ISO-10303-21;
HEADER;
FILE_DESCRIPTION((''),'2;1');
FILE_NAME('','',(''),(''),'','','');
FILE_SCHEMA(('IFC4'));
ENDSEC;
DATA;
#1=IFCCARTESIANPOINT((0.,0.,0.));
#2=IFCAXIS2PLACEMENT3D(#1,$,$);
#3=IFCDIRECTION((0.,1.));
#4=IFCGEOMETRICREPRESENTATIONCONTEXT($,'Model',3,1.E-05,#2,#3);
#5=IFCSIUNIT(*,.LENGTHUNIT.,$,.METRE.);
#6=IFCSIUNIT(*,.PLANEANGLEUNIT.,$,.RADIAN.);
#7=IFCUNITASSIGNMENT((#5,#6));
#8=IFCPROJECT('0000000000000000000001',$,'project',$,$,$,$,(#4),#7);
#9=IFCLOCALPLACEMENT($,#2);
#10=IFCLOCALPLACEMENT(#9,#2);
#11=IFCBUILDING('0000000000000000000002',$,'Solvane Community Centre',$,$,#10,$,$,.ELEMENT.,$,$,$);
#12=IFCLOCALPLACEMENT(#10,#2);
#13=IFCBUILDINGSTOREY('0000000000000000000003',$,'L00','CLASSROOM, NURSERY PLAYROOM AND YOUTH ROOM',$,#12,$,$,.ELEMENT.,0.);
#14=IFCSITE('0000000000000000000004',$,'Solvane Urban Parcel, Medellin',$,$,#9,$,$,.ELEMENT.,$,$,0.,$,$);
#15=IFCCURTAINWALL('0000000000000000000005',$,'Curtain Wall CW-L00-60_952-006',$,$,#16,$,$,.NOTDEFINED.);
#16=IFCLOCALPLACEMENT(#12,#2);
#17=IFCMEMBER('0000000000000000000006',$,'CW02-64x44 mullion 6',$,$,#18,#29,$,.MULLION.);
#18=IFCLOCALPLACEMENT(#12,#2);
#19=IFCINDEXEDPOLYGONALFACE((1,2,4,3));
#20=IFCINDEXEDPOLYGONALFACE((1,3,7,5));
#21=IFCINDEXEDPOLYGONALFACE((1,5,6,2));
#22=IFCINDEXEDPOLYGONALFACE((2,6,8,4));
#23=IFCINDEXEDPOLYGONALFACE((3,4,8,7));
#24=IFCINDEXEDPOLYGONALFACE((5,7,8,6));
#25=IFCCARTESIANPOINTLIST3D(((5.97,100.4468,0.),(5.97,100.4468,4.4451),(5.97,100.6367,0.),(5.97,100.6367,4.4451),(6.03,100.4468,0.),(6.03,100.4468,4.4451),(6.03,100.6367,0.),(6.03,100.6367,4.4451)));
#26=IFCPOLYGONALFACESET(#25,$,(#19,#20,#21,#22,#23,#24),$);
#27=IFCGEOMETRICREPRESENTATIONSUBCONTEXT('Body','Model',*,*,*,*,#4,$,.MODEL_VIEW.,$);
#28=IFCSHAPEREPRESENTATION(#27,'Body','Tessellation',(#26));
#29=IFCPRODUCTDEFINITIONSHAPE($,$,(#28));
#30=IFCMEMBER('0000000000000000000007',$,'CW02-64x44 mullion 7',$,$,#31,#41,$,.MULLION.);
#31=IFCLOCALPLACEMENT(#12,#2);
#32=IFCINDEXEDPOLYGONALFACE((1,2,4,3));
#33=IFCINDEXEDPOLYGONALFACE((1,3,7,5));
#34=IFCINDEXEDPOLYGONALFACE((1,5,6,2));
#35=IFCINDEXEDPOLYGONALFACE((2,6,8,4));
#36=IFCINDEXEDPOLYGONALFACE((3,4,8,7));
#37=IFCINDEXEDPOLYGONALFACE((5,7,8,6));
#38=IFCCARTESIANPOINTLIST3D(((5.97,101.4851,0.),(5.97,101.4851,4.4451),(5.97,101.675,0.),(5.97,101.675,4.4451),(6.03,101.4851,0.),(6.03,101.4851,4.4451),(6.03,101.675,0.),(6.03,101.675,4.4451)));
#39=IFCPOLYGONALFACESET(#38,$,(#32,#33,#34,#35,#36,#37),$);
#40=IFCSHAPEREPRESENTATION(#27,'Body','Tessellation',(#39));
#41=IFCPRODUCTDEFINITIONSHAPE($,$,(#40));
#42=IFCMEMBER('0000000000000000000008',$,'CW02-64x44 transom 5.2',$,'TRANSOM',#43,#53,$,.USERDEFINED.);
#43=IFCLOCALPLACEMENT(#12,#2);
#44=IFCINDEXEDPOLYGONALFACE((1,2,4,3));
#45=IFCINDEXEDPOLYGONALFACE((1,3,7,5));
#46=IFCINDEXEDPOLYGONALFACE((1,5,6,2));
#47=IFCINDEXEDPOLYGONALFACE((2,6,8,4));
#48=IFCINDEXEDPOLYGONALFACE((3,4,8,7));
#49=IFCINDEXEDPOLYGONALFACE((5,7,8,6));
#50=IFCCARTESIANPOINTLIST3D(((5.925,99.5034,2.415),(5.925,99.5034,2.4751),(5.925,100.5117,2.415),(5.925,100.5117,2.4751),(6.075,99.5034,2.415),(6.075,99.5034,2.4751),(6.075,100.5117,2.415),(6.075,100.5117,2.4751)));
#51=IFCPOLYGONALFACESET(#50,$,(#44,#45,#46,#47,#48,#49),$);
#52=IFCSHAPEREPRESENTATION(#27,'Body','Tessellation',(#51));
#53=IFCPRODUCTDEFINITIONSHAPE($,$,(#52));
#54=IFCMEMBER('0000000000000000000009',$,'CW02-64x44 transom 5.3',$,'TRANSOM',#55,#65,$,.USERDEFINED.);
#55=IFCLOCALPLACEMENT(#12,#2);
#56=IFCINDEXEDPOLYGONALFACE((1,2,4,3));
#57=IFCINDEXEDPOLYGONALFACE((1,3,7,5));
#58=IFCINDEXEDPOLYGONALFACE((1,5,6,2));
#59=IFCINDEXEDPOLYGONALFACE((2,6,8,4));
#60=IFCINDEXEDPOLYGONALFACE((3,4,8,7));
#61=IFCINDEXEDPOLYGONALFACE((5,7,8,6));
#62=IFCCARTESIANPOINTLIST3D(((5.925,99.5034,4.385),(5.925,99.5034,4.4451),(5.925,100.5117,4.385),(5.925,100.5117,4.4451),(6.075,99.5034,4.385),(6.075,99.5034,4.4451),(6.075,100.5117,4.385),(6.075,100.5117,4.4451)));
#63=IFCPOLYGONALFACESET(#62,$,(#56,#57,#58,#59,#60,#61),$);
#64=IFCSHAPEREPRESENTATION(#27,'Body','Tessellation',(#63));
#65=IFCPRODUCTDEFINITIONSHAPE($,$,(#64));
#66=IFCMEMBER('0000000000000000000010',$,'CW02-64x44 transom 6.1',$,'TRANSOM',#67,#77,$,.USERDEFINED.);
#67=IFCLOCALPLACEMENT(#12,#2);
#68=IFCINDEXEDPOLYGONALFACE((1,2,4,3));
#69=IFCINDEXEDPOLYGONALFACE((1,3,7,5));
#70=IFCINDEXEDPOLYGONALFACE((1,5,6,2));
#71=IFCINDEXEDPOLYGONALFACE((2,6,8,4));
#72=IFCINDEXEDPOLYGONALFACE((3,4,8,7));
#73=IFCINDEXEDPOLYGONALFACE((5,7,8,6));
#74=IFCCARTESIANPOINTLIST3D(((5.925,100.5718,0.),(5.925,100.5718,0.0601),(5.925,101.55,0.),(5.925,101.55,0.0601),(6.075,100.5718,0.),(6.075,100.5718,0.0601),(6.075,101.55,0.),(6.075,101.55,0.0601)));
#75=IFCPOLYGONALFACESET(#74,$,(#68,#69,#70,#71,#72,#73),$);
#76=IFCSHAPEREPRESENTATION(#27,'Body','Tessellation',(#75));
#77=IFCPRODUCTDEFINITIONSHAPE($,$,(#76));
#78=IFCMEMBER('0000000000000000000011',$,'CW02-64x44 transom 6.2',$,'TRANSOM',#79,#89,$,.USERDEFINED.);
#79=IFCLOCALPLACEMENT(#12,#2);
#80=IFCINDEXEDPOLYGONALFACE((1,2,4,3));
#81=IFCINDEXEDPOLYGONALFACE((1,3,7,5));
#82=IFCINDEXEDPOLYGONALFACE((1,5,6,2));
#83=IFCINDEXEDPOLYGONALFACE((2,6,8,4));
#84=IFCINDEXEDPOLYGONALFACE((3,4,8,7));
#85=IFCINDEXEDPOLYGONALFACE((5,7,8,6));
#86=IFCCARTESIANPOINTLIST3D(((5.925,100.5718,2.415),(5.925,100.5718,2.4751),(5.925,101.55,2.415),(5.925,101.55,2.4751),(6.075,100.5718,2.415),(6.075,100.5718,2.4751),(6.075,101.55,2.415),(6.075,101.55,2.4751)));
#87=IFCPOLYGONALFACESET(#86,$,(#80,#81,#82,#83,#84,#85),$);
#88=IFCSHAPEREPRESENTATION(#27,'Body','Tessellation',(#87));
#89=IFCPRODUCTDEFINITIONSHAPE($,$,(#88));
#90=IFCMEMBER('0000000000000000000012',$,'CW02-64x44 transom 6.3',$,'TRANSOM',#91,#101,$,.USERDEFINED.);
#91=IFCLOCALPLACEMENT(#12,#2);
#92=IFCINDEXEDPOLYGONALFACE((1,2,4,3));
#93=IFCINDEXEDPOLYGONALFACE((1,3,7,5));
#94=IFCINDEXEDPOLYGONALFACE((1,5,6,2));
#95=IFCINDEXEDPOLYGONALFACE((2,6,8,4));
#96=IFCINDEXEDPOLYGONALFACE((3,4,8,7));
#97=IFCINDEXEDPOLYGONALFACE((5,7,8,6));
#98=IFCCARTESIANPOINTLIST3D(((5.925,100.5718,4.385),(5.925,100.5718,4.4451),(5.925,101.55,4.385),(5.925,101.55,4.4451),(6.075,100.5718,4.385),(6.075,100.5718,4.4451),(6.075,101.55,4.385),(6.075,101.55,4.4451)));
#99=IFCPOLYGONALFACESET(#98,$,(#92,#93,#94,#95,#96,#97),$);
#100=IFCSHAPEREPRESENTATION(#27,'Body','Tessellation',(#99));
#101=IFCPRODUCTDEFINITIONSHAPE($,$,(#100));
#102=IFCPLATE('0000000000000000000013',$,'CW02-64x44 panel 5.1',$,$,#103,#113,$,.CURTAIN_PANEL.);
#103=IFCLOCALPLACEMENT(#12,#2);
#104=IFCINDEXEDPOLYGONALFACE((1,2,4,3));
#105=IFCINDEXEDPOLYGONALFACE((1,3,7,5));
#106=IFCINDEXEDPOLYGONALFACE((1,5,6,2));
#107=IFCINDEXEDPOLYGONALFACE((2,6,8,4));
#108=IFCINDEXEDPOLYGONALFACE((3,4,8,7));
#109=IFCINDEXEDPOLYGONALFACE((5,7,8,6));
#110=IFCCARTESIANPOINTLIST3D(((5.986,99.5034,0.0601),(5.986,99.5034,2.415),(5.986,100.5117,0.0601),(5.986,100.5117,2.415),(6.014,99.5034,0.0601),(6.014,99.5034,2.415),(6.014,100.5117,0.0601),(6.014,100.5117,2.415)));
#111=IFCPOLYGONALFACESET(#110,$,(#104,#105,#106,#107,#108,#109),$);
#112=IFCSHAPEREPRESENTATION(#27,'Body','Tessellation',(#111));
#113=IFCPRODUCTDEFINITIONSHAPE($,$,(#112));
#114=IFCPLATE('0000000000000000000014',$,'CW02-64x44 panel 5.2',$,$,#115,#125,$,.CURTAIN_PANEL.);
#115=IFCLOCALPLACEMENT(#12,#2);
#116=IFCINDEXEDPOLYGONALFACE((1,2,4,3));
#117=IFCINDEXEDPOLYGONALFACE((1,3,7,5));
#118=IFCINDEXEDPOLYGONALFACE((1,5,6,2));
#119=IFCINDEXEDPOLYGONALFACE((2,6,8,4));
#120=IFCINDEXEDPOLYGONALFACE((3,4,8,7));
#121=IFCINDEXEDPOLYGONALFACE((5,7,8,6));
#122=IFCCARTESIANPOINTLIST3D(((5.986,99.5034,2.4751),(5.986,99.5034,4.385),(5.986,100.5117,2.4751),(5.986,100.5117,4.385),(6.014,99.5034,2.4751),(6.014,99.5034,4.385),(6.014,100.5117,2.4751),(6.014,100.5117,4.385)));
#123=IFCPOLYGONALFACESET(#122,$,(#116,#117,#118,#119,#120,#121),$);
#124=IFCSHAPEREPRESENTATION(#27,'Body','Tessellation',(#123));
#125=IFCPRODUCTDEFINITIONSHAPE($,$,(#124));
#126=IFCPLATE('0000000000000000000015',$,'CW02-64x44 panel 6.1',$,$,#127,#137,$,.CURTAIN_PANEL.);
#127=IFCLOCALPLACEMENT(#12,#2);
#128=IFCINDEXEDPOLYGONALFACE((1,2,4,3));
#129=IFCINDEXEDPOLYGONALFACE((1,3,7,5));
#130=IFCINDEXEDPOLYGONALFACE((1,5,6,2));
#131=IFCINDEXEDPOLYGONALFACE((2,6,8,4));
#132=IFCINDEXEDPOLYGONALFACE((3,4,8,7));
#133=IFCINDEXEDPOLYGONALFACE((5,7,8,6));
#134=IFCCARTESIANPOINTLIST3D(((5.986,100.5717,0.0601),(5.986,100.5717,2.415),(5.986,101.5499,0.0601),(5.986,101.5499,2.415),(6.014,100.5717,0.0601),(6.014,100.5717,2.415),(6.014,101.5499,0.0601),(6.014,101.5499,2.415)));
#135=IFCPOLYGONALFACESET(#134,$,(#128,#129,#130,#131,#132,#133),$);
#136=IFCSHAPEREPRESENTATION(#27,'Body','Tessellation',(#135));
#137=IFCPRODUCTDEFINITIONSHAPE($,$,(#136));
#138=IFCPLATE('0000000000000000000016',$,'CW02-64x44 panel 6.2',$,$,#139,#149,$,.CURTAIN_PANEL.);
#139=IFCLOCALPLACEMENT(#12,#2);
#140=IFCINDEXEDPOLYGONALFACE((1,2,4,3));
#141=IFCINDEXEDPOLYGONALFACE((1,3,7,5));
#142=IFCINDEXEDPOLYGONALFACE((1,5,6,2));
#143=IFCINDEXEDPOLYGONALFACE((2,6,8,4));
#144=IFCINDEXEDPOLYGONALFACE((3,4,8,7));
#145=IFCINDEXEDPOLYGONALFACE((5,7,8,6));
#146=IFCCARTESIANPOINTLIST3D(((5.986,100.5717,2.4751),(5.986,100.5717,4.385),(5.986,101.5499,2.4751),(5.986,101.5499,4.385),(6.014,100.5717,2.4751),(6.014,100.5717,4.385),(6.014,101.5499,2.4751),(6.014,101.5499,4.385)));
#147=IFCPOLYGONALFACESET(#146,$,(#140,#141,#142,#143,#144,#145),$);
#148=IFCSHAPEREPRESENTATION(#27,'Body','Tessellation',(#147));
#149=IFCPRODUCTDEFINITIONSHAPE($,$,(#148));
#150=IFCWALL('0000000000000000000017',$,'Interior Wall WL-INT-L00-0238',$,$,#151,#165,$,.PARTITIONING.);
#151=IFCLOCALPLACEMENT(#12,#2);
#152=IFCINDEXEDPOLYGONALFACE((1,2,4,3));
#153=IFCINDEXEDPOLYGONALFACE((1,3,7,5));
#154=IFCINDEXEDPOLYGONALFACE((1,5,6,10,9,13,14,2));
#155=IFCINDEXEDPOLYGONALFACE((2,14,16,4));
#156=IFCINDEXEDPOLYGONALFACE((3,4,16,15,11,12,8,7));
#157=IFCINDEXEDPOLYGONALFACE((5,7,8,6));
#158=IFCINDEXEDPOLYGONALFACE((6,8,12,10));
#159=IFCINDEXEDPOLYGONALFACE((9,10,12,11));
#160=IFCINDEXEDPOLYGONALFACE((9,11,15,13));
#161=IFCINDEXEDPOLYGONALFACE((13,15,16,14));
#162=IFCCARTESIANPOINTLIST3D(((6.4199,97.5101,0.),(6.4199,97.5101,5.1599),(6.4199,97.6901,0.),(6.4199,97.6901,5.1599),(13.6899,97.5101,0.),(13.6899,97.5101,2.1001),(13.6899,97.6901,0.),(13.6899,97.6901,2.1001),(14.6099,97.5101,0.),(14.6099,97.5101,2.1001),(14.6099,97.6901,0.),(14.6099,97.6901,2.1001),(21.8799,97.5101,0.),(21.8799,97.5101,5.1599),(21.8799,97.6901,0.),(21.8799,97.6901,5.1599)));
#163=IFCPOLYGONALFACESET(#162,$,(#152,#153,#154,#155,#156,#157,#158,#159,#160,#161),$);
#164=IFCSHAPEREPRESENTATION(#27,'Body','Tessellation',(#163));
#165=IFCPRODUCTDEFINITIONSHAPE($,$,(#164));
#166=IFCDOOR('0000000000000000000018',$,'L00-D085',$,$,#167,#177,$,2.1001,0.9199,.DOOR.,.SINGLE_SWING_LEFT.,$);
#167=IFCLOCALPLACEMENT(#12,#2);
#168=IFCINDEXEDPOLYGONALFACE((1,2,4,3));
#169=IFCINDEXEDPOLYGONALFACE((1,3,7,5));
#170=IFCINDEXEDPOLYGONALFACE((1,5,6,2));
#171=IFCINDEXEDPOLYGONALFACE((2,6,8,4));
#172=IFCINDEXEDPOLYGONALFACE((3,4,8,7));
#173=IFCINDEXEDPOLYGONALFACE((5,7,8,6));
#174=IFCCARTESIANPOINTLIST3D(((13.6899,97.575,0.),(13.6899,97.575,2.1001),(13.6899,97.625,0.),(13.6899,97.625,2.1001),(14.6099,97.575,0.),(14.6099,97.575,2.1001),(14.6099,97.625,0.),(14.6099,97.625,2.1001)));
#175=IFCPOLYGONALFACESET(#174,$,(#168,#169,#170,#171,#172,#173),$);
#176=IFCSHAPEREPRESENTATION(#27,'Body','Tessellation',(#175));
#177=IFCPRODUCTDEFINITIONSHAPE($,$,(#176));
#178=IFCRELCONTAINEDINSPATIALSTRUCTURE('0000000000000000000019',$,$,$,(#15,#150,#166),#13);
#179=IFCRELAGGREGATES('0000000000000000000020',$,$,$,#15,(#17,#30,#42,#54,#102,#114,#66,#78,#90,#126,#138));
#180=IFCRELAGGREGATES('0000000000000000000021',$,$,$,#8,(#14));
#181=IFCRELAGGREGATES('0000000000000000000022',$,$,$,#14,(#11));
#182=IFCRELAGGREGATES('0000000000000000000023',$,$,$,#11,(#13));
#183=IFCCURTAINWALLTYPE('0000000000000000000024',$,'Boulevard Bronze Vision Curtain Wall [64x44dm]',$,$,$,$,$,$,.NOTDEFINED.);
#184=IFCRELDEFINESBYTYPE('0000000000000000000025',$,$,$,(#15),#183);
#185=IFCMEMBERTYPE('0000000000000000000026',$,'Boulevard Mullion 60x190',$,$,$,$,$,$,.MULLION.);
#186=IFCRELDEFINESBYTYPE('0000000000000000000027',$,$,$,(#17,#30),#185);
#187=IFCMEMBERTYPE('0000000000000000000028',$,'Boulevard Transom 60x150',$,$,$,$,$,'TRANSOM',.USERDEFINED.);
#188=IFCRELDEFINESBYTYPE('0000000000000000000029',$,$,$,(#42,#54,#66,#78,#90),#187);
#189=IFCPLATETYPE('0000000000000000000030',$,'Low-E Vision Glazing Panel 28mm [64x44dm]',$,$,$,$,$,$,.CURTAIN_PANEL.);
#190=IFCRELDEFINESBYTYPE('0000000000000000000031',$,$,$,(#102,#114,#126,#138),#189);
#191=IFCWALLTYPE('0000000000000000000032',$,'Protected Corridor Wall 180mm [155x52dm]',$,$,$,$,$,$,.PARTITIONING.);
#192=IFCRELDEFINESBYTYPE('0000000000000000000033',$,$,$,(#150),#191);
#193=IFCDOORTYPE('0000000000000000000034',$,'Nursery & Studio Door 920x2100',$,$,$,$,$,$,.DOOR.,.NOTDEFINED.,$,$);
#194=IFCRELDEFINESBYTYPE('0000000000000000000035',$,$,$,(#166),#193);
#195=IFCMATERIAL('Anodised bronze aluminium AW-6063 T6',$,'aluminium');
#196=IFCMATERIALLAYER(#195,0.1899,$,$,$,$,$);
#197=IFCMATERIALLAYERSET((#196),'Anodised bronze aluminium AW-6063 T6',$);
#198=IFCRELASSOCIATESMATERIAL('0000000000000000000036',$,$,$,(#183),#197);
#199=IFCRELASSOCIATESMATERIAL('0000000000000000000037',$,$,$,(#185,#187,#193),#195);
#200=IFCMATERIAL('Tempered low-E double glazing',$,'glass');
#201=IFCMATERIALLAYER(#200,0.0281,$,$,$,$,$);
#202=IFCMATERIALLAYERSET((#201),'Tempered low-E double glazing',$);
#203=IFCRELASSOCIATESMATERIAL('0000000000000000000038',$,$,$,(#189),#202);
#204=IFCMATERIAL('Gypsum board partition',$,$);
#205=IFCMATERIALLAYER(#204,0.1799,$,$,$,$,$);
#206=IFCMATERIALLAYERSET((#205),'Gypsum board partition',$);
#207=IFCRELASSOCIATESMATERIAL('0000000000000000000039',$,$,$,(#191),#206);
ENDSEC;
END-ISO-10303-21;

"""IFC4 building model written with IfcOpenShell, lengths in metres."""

from ifc_helpers import new_model, si_unit, direction, frame, frame_2d, origin, origin_2d, place, context, subcontext, project, spatial, rectangle, extrude, material, layer, layer_set, material_profile, profile_set, type_object, element, fill, aggregate, save


model = new_model("IFC4")

# Units and contexts
model_context = context("Model", 3, precision=1e-05, world=origin(), true_north=direction((0.0, 1.0)))
body_context = subcontext(model_context, "Body", "Model", "MODEL_VIEW")
ifc_project = project(units=[si_unit("LENGTHUNIT", "METRE"), si_unit("PLANEANGLEUNIT", "RADIAN")], contexts=[model_context])

# Site, building, storey
site_placement = place(None, origin())
site = spatial("IfcSite", under=ifc_project, at=site_placement, Name="Solvane Urban Parcel, Medellin", CompositionType="ELEMENT", RefElevation=0.0)
building_placement = place(site_placement, origin())
building = spatial("IfcBuilding", under=site, at=building_placement, Name="Solvane Community Centre", CompositionType="ELEMENT")
storey_placement = place(building_placement, origin())
storey = spatial("IfcBuildingStorey", under=building, at=storey_placement, Name="L00", Description="CLASSROOM, NURSERY PLAYROOM AND YOUTH ROOM", CompositionType="ELEMENT", Elevation=0.0)

# Curtain wall, members, plates
ifc_material_1 = material(Name="Anodised bronze aluminium AW-6063 T6", Category="aluminium")
ifc_layer_1 = layer(ifc_material_1, 0.1899)
ifc_layer_set_1 = layer_set([ifc_layer_1], Name="Anodised bronze aluminium AW-6063 T6")
curtain_wall_type = type_object("IfcCurtainWallType", Name="Boulevard Bronze Vision Curtain Wall [64x44dm]", PredefinedType="NOTDEFINED", material=ifc_layer_set_1)
curtain_wall_placement = place(storey_placement, origin())
curtain_wall = element("IfcCurtainWall", 1, at=curtain_wall_placement, inside=storey, type_object=curtain_wall_type, Name="Curtain Wall CW-L00-60_952-006", PredefinedType="NOTDEFINED")
ifc_material_profile_1 = material_profile(ifc_material_1, rectangle(XDim=0.0601, YDim=0.1899, at=origin_2d()), Name="CW-M 60x190")
ifc_profile_set_1 = profile_set([ifc_material_profile_1], Name="Anodised bronze aluminium AW-6063 T6")
member_type_1 = type_object("IfcMemberType", Name="Boulevard Mullion 60x190", PredefinedType="MULLION", material=ifc_profile_set_1)
member_1_placement = place(storey_placement, frame((6.0, 100.5417, 0.0), z_axis=(0.0, 0.0, 1.0), x_axis=(-1.0, 0.0, 0.0)))
member_1 = element("IfcMember", 2, at=member_1_placement, type_object=member_type_1, Name="CW02-64x44 mullion 6", PredefinedType="MULLION", context=body_context, shape_type="SweptSolid", body=[
    extrude(rectangle(XDim=0.0601, YDim=0.1899, at=origin_2d()), origin(), (0.0, 0.0, 1.0), 4.4451),
])
member_2_placement = place(storey_placement, frame((6.0, 101.5801, 0.0), z_axis=(0.0, 0.0, 1.0), x_axis=(-1.0, 0.0, 0.0)))
member_2 = element("IfcMember", 3, at=member_2_placement, type_object=member_type_1, Name="CW02-64x44 mullion 7", PredefinedType="MULLION", context=body_context, shape_type="SweptSolid", body=[
    extrude(rectangle(XDim=0.0601, YDim=0.1899, at=origin_2d()), origin(), (0.0, 0.0, 1.0), 4.4451),
])
ifc_material_profile_2 = material_profile(ifc_material_1, rectangle(XDim=0.1499, YDim=0.0601, at=origin_2d()), Name="CW-T 60x150")
ifc_profile_set_2 = profile_set([ifc_material_profile_2], Name="Anodised bronze aluminium AW-6063 T6")
member_type_2 = type_object("IfcMemberType", Name="Boulevard Transom 60x150", ElementType="TRANSOM", PredefinedType="USERDEFINED", material=ifc_profile_set_2)
member_3_placement = place(storey_placement, frame((6.0, 99.5034, 2.4451), z_axis=(0.0, 1.0, 0.0), x_axis=(-1.0, 0.0, 0.0)))
member_3 = element("IfcMember", 4, at=member_3_placement, type_object=member_type_2, Name="CW02-64x44 transom 5.2", ObjectType="TRANSOM", PredefinedType="USERDEFINED", context=body_context, shape_type="SweptSolid", body=[
    extrude(rectangle(XDim=0.1499, YDim=0.0601, at=origin_2d()), origin(), (0.0, 0.0, 1.0), 1.0083),
])
member_4_placement = place(storey_placement, frame((6.0, 99.5034, 4.415), z_axis=(0.0, 1.0, 0.0), x_axis=(-1.0, 0.0, 0.0)))
member_4 = element("IfcMember", 5, at=member_4_placement, type_object=member_type_2, Name="CW02-64x44 transom 5.3", ObjectType="TRANSOM", PredefinedType="USERDEFINED", context=body_context, shape_type="SweptSolid", body=[
    extrude(rectangle(XDim=0.1499, YDim=0.0601, at=origin_2d()), origin(), (0.0, 0.0, 1.0), 1.0083),
])
member_5_placement = place(storey_placement, frame((6.0, 100.5718, 0.03), z_axis=(0.0, 1.0, 0.0), x_axis=(-1.0, 0.0, 0.0)))
member_5 = element("IfcMember", 6, at=member_5_placement, type_object=member_type_2, Name="CW02-64x44 transom 6.1", ObjectType="TRANSOM", PredefinedType="USERDEFINED", context=body_context, shape_type="SweptSolid", body=[
    extrude(rectangle(XDim=0.1499, YDim=0.0601, at=origin_2d()), origin(), (0.0, 0.0, 1.0), 0.9783),
])
member_6_placement = place(storey_placement, frame((6.0, 100.5718, 2.4451), z_axis=(0.0, 1.0, 0.0), x_axis=(-1.0, 0.0, 0.0)))
member_6 = element("IfcMember", 7, at=member_6_placement, type_object=member_type_2, Name="CW02-64x44 transom 6.2", ObjectType="TRANSOM", PredefinedType="USERDEFINED", context=body_context, shape_type="SweptSolid", body=[
    extrude(rectangle(XDim=0.1499, YDim=0.0601, at=origin_2d()), origin(), (0.0, 0.0, 1.0), 0.9783),
])
member_7_placement = place(storey_placement, frame((6.0, 100.5718, 4.415), z_axis=(0.0, 1.0, 0.0), x_axis=(-1.0, 0.0, 0.0)))
member_7 = element("IfcMember", 8, at=member_7_placement, type_object=member_type_2, Name="CW02-64x44 transom 6.3", ObjectType="TRANSOM", PredefinedType="USERDEFINED", context=body_context, shape_type="SweptSolid", body=[
    extrude(rectangle(XDim=0.1499, YDim=0.0601, at=origin_2d()), origin(), (0.0, 0.0, 1.0), 0.9783),
])
ifc_material_2 = material(Name="Tempered low-E double glazing", Category="glass")
ifc_layer_2 = layer(ifc_material_2, 0.0281)
ifc_layer_set_2 = layer_set([ifc_layer_2], Name="Tempered low-E double glazing")
plate_type = type_object("IfcPlateType", Name="Low-E Vision Glazing Panel 28mm [64x44dm]", PredefinedType="CURTAIN_PANEL", material=ifc_layer_set_2)
plate_1_placement = place(storey_placement, frame((6.0, 100.0076, 0.0601), z_axis=(0.0, 0.0, 1.0), x_axis=(0.0, 1.0, 0.0)))
plate_1 = element("IfcPlate", 9, at=plate_1_placement, type_object=plate_type, Name="CW02-64x44 panel 5.1", PredefinedType="CURTAIN_PANEL", context=body_context, shape_type="SweptSolid", body=[
    extrude(rectangle(XDim=1.0083, YDim=0.0281, at=origin_2d()), origin(), (0.0, 0.0, 1.0), 2.355),
])
plate_2_placement = place(storey_placement, frame((6.0, 100.0076, 2.4751), z_axis=(0.0, 0.0, 1.0), x_axis=(0.0, 1.0, 0.0)))
plate_2 = element("IfcPlate", 10, at=plate_2_placement, type_object=plate_type, Name="CW02-64x44 panel 5.2", PredefinedType="CURTAIN_PANEL", context=body_context, shape_type="SweptSolid", body=[
    extrude(rectangle(XDim=1.0083, YDim=0.0281, at=origin_2d()), origin(), (0.0, 0.0, 1.0), 1.9099),
])
plate_3_placement = place(storey_placement, frame((6.0, 101.0608, 0.0601), z_axis=(0.0, 0.0, 1.0), x_axis=(0.0, 1.0, 0.0)))
plate_3 = element("IfcPlate", 11, at=plate_3_placement, type_object=plate_type, Name="CW02-64x44 panel 6.1", PredefinedType="CURTAIN_PANEL", context=body_context, shape_type="SweptSolid", body=[
    extrude(rectangle(XDim=0.9783, YDim=0.0281, at=origin_2d()), origin(), (0.0, 0.0, 1.0), 2.355),
])
plate_4_placement = place(storey_placement, frame((6.0, 101.0608, 2.4751), z_axis=(0.0, 0.0, 1.0), x_axis=(0.0, 1.0, 0.0)))
plate_4 = element("IfcPlate", 12, at=plate_4_placement, type_object=plate_type, Name="CW02-64x44 panel 6.2", PredefinedType="CURTAIN_PANEL", context=body_context, shape_type="SweptSolid", body=[
    extrude(rectangle(XDim=0.9783, YDim=0.0281, at=origin_2d()), origin(), (0.0, 0.0, 1.0), 1.9099),
])
aggregate(curtain_wall, [member_1, member_2, member_3, member_4, plate_1, plate_2, member_5, member_6, member_7, plate_3, plate_4])

# Wall, opening, door
ifc_material_3 = material(Name="Gypsum board partition")
ifc_layer_3 = layer(ifc_material_3, 0.1799)
ifc_layer_set_3 = layer_set([ifc_layer_3], Name="Gypsum board partition")
wall_type = type_object("IfcWallType", Name="Protected Corridor Wall 180mm [155x52dm]", PredefinedType="PARTITIONING", material=ifc_layer_set_3)
wall_placement = place(storey_placement, frame((6.4199, 97.6001, 0.0), z_axis=(0.0, 0.0, 1.0), x_axis=(1.0, 0.0, 0.0)))
wall = element("IfcWall", 13, at=wall_placement, inside=storey, type_object=wall_type, Name="Interior Wall WL-INT-L00-0238", PredefinedType="PARTITIONING", context=body_context, shape_type="SweptSolid", body=[
    extrude(rectangle(XDim=15.46, YDim=0.1799, at=frame_2d((7.73, 0.0))), origin(), (0.0, 0.0, 1.0), 5.1599),
])
opening_placement = place(wall_placement, frame((7.27, 0.0, 0.0)))
opening = element("IfcOpeningElement", 14, at=opening_placement, cuts=wall, PredefinedType="OPENING", context=body_context, shape_type="SweptSolid", body=[
    extrude(rectangle(XDim=0.9199, YDim=2.1001, at=frame_2d((0.46, 1.05))), frame((0.0, 0.0999, 0.0), z_axis=(0.0, -1.0, 0.0), x_axis=(1.0, 0.0, 0.0)), (0.0, 0.0, 1.0), 0.2),
])
door_type = type_object("IfcDoorType", Name="Nursery & Studio Door 920x2100", OperationType="NOTDEFINED", PredefinedType="DOOR", material=ifc_material_1)
door_placement = place(opening_placement, origin())
door = element("IfcDoor", 15, at=door_placement, inside=storey, type_object=door_type, Name="L00-D085", OperationType="SINGLE_SWING_LEFT", OverallHeight=2.1001, OverallWidth=0.9199, PredefinedType="DOOR", context=body_context, shape_type="SweptSolid", body=[
    extrude(rectangle(XDim=0.9199, YDim=2.1001, at=frame_2d((0.46, 1.05))), frame((0.0, 0.0249, 0.0), z_axis=(0.0, -1.0, 0.0), x_axis=(1.0, 0.0, 0.0)), (0.0, 0.0, 1.0), 0.05),
])
fill(opening, door)

save(model, "model.ifc")
